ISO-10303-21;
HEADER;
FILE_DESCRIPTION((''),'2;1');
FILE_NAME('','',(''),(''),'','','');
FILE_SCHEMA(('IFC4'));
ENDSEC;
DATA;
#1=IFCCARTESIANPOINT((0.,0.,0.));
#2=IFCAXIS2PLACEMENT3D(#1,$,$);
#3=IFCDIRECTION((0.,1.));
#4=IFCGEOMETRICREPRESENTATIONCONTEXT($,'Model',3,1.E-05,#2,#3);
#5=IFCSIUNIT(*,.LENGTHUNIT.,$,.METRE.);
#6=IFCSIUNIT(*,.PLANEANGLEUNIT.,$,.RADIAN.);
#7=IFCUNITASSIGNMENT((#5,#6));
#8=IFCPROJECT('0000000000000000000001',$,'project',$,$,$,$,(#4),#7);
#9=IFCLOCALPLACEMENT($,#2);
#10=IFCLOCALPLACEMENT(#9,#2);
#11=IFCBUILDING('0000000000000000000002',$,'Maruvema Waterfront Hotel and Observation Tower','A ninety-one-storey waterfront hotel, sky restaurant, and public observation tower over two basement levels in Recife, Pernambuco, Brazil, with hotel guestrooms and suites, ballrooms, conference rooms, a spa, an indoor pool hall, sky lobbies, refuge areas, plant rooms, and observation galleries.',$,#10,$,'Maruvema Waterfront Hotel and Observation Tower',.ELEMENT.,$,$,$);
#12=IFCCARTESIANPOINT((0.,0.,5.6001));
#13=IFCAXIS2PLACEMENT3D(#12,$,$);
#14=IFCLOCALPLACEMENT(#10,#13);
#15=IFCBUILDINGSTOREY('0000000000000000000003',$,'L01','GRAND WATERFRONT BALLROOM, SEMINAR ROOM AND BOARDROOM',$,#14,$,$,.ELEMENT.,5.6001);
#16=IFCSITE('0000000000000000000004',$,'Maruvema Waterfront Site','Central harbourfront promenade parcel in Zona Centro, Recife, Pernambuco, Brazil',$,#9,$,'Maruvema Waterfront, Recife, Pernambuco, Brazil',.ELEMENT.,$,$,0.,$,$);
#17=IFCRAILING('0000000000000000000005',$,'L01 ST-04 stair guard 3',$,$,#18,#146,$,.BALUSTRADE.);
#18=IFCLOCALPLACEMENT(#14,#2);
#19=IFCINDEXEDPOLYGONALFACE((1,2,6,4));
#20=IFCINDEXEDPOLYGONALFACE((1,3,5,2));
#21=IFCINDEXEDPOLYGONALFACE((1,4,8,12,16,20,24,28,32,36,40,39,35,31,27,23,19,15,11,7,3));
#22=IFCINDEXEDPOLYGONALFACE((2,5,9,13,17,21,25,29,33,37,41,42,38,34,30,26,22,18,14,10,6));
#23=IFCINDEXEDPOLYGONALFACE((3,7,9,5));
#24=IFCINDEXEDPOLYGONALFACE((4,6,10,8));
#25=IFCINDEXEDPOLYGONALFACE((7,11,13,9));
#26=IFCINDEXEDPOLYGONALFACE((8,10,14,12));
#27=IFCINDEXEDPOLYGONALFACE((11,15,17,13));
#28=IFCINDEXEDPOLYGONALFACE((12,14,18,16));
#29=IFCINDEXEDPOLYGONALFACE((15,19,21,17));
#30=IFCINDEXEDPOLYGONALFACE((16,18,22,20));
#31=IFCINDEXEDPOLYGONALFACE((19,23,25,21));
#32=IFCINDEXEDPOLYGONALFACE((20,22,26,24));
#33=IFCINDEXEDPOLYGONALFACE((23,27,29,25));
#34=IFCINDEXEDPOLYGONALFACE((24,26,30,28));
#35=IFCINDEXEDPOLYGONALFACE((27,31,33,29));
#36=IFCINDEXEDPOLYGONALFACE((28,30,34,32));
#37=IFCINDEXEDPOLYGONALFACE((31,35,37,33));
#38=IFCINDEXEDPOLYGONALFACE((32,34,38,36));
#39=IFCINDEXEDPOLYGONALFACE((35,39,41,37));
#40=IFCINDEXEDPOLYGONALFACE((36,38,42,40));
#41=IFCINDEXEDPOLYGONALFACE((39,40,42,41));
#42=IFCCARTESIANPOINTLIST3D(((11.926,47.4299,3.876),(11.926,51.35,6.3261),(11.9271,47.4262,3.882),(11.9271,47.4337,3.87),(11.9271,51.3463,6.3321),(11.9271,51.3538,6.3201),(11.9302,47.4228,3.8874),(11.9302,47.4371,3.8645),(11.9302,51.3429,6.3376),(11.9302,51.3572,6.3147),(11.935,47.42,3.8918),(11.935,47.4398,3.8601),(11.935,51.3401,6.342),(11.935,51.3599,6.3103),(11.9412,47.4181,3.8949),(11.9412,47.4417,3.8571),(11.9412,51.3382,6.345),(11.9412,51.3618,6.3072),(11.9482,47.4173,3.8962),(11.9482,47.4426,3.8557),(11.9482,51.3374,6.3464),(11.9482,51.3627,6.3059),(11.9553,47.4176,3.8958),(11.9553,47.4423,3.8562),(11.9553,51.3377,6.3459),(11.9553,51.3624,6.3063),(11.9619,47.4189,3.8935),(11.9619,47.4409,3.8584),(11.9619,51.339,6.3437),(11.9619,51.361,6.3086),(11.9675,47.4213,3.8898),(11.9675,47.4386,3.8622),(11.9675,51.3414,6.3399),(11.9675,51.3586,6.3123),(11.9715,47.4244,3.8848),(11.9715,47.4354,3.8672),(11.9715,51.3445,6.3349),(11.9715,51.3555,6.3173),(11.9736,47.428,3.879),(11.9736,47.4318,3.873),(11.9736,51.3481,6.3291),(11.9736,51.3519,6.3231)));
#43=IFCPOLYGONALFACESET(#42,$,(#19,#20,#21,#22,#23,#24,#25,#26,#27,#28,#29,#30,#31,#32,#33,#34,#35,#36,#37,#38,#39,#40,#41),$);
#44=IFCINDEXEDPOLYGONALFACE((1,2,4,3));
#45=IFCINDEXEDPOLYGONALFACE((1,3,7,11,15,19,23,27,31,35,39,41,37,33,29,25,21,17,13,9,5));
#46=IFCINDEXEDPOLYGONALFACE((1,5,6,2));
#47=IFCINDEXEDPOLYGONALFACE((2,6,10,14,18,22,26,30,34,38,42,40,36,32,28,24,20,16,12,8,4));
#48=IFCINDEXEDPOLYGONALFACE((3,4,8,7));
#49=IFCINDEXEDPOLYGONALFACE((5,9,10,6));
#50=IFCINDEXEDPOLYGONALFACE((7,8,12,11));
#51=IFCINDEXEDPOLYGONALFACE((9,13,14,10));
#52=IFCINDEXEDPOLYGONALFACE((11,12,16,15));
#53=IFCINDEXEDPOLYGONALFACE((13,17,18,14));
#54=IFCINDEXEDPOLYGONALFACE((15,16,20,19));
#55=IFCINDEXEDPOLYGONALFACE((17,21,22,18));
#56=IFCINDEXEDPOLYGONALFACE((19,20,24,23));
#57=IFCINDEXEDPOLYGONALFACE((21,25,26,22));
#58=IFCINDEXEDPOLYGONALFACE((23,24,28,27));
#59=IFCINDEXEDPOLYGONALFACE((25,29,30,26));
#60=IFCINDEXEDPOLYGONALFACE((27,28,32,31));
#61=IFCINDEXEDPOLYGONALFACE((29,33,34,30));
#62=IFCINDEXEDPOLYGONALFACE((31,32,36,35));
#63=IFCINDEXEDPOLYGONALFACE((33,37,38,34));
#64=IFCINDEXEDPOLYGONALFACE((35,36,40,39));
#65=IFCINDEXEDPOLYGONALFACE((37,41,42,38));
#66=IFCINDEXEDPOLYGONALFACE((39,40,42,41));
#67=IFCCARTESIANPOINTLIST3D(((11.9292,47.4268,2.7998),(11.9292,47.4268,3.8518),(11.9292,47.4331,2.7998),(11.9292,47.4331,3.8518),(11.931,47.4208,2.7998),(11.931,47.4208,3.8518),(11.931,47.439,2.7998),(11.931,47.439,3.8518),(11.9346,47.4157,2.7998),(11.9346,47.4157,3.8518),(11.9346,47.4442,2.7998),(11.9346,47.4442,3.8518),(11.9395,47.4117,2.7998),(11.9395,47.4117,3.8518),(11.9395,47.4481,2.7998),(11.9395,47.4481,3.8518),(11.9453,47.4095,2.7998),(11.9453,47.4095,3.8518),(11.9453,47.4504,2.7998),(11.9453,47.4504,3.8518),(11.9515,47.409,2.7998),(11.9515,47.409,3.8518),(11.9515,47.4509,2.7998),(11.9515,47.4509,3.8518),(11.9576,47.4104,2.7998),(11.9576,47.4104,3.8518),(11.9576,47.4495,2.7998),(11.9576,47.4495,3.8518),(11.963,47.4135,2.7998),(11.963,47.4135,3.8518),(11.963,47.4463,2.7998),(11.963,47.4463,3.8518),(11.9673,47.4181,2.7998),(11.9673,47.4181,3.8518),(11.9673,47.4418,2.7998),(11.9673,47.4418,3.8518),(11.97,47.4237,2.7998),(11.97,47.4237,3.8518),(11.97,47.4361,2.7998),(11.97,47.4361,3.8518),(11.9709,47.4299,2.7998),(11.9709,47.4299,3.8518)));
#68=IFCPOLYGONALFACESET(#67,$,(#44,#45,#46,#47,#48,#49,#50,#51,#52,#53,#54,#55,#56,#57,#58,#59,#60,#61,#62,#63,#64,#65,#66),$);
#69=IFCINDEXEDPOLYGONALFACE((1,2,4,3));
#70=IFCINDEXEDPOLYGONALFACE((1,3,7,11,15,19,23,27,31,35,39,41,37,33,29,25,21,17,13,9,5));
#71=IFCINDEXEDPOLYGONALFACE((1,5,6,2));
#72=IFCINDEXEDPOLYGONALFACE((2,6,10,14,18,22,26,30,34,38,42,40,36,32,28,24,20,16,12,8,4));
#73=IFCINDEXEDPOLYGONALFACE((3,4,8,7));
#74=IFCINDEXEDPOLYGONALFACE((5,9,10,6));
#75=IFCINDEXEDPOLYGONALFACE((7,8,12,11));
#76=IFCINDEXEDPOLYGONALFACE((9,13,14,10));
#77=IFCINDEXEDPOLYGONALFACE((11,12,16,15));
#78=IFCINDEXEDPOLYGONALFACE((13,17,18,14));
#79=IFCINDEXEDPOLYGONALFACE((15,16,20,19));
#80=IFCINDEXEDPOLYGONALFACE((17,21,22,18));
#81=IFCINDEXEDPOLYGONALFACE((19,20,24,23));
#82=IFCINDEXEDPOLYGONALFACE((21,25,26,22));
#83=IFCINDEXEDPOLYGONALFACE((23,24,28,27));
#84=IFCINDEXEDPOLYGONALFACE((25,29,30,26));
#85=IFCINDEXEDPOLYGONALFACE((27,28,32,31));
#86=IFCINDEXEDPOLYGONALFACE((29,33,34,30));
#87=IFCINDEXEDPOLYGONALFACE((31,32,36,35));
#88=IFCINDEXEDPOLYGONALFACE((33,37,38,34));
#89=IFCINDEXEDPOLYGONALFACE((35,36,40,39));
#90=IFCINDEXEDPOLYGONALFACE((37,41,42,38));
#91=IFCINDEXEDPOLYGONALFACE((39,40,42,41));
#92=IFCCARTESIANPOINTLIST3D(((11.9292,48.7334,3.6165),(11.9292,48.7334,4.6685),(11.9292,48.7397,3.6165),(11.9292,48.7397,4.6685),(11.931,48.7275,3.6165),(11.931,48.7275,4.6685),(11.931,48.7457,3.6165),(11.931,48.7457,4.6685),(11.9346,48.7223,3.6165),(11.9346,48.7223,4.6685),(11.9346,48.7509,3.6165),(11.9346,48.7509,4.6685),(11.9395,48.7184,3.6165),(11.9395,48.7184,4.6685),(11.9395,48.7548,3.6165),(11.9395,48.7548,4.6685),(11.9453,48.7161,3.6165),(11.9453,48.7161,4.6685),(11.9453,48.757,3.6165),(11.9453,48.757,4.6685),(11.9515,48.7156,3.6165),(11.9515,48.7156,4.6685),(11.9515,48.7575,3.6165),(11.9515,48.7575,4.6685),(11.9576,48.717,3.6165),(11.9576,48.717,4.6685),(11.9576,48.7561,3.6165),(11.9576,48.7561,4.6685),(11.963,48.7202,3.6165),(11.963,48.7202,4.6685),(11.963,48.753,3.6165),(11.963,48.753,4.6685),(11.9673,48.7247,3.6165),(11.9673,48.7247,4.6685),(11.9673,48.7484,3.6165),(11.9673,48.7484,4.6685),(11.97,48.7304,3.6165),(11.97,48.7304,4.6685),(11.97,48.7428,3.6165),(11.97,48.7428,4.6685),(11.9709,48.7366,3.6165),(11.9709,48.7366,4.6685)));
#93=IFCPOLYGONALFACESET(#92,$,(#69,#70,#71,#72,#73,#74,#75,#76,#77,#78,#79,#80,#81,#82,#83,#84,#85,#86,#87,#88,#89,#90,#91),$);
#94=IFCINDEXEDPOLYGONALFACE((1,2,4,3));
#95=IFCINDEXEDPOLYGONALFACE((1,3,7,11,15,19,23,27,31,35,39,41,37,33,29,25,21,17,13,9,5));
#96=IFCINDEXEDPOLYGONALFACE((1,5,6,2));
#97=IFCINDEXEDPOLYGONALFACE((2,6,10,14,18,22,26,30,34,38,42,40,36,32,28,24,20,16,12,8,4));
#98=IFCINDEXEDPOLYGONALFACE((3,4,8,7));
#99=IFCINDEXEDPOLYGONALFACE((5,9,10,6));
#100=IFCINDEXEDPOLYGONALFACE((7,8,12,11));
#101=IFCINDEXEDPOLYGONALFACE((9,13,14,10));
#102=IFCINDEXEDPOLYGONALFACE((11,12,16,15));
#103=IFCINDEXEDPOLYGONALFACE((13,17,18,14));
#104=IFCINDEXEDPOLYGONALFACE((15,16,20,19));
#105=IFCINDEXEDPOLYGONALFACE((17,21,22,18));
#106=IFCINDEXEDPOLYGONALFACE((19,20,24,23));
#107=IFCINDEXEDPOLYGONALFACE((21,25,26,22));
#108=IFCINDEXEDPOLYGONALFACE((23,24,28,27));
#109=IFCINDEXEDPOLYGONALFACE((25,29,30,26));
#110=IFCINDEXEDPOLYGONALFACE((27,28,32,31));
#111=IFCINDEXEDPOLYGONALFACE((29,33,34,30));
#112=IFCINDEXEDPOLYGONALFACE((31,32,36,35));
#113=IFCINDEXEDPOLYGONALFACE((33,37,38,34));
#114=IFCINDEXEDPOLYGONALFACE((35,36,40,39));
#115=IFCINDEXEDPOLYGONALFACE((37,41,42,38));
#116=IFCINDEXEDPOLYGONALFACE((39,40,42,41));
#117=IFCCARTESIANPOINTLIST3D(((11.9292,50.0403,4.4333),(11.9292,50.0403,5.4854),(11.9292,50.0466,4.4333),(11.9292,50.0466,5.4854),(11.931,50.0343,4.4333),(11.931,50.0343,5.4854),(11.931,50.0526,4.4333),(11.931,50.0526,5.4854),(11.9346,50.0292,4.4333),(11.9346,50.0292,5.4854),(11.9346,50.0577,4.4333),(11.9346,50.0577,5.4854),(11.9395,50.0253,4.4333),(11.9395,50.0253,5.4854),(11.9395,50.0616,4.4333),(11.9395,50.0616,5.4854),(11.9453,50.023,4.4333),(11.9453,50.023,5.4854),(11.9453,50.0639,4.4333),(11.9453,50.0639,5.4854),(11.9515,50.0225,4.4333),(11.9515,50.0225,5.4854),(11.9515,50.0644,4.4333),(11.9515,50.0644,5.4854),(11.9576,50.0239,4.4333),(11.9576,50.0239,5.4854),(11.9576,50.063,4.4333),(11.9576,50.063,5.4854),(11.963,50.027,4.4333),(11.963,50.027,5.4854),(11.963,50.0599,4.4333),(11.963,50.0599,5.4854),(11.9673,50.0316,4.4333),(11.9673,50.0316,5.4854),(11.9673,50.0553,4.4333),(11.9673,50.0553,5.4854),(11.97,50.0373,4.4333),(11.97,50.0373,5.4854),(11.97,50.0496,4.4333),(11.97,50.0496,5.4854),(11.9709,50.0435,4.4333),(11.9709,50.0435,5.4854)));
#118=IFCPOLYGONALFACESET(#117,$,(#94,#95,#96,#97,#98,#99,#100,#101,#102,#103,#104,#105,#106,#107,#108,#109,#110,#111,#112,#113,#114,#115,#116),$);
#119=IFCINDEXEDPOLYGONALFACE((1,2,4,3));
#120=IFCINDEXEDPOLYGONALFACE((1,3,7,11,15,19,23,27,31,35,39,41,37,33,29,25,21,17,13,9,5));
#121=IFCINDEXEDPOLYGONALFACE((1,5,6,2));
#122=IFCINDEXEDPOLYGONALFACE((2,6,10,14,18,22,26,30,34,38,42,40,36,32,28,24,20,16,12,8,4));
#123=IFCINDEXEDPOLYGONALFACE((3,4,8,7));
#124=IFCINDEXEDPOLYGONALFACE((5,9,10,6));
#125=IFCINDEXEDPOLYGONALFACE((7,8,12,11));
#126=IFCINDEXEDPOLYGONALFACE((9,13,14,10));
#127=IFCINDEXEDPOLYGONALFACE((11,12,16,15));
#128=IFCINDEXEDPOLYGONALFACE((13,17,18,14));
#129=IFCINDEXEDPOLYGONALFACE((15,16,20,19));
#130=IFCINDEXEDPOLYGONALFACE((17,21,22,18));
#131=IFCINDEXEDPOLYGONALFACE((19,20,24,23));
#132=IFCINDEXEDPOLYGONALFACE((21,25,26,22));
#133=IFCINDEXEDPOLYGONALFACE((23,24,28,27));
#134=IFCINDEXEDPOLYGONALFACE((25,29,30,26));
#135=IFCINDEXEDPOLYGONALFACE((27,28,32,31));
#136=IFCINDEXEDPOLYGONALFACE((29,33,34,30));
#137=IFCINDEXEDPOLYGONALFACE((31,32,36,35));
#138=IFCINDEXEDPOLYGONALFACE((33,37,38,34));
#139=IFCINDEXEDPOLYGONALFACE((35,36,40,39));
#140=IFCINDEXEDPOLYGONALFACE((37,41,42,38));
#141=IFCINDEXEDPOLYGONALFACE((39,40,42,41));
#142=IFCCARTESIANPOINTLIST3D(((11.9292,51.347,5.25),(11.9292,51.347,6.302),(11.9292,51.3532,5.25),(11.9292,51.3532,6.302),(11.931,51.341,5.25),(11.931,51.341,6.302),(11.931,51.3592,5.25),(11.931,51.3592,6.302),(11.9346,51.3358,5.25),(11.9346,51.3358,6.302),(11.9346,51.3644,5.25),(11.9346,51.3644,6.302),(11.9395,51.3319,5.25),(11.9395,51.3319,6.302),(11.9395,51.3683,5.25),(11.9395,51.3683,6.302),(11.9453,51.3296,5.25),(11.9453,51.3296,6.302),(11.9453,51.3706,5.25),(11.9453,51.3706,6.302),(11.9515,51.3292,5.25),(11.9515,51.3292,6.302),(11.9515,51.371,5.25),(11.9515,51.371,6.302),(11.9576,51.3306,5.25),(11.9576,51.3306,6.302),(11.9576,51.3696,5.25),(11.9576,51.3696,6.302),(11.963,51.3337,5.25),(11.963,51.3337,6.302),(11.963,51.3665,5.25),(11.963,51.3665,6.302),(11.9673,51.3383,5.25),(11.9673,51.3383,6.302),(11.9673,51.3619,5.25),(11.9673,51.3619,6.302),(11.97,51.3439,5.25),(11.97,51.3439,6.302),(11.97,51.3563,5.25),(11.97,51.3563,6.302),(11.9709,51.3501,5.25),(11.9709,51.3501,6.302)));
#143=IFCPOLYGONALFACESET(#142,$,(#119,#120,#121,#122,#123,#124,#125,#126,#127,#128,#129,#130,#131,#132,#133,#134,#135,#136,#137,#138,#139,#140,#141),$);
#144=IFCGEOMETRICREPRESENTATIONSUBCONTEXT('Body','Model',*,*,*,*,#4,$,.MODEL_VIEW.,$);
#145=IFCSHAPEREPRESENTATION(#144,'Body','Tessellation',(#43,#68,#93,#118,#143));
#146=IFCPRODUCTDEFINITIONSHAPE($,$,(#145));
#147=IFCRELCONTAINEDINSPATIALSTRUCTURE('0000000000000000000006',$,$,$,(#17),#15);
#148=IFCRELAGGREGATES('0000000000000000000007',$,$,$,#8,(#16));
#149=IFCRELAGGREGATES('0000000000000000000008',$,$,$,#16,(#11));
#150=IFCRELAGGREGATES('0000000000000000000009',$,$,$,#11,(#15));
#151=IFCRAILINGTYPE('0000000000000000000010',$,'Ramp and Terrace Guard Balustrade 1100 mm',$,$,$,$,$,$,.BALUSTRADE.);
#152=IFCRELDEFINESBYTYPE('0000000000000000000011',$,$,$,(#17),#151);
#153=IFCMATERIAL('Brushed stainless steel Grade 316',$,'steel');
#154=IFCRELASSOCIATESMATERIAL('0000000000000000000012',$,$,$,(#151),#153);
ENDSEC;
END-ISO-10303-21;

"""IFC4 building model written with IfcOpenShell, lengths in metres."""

from ifc_helpers import new_model, si_unit, direction, frame, origin, origin_2d, place, context, subcontext, project, spatial, circle, extrude, material, type_object, element, save


model = new_model("IFC4")

# Units and contexts
model_context = context("Model", 3, precision=1e-05, world=origin(), true_north=direction((0.0, 1.0)))
body_context = subcontext(model_context, "Body", "Model", "MODEL_VIEW")
ifc_project = project(units=[si_unit("LENGTHUNIT", "METRE"), si_unit("PLANEANGLEUNIT", "RADIAN")], contexts=[model_context])

# Site, building, storey
site_placement = place(None, origin())
site = spatial("IfcSite", under=ifc_project, at=site_placement, Name="Maruvema Waterfront Site", Description="Central harbourfront promenade parcel in Zona Centro, Recife, Pernambuco, Brazil", LongName="Maruvema Waterfront, Recife, Pernambuco, Brazil", CompositionType="ELEMENT", RefElevation=0.0)
building_placement = place(site_placement, origin())
building = spatial("IfcBuilding", under=site, at=building_placement, Name="Maruvema Waterfront Hotel and Observation Tower", Description="A ninety-one-storey waterfront hotel, sky restaurant, and public observation tower over two basement levels in Recife, Pernambuco, Brazil, with hotel guestrooms and suites, ballrooms, conference rooms, a spa, an indoor pool hall, sky lobbies, refuge areas, plant rooms, and observation galleries.", LongName="Maruvema Waterfront Hotel and Observation Tower", CompositionType="ELEMENT")
storey_placement = place(building_placement, frame((0.0, 0.0, 5.6001)))
storey = spatial("IfcBuildingStorey", under=building, at=storey_placement, Name="L01", Description="GRAND WATERFRONT BALLROOM, SEMINAR ROOM AND BOARDROOM", CompositionType="ELEMENT", Elevation=5.6001)

# Railing
ifc_material_1 = material(Name="Brushed stainless steel Grade 316", Category="steel")
railing_type_1 = type_object("IfcRailingType", Name="Ramp and Terrace Guard Balustrade 1100 mm", PredefinedType="BALUSTRADE", material=ifc_material_1)
railing_1_placement = place(storey_placement, frame((11.95, 47.4299, 2.7998)))
element("IfcRailing", 1, at=railing_1_placement, inside=storey, type_object=railing_type_1, Name="L01 ST-04 stair guard 3", PredefinedType="BALUSTRADE", context=body_context, shape_type="SweptSolid", body=[
    extrude(circle(Radius=0.0239, at=origin_2d()), frame((0.0, 0.0, 1.0762), z_axis=(0.0, 0.847989, 0.530013), x_axis=(-1.0, 0.0, 0.0)), (0.0, 0.0, 1.0), 4.6228),
    extrude(circle(Radius=0.021, at=origin_2d()), origin(), (0.0, 0.0, 1.0), 1.052),
    extrude(circle(Radius=0.021, at=origin_2d()), frame((0.0, 1.3066, 0.8167)), (0.0, 0.0, 1.0), 1.052),
    extrude(circle(Radius=0.021, at=origin_2d()), frame((0.0, 2.6135, 1.6335)), (0.0, 0.0, 1.0), 1.052),
    extrude(circle(Radius=0.021, at=origin_2d()), frame((0.0, 3.9202, 2.4502)), (0.0, 0.0, 1.0), 1.052),
])

save(model, "model.ifc")
